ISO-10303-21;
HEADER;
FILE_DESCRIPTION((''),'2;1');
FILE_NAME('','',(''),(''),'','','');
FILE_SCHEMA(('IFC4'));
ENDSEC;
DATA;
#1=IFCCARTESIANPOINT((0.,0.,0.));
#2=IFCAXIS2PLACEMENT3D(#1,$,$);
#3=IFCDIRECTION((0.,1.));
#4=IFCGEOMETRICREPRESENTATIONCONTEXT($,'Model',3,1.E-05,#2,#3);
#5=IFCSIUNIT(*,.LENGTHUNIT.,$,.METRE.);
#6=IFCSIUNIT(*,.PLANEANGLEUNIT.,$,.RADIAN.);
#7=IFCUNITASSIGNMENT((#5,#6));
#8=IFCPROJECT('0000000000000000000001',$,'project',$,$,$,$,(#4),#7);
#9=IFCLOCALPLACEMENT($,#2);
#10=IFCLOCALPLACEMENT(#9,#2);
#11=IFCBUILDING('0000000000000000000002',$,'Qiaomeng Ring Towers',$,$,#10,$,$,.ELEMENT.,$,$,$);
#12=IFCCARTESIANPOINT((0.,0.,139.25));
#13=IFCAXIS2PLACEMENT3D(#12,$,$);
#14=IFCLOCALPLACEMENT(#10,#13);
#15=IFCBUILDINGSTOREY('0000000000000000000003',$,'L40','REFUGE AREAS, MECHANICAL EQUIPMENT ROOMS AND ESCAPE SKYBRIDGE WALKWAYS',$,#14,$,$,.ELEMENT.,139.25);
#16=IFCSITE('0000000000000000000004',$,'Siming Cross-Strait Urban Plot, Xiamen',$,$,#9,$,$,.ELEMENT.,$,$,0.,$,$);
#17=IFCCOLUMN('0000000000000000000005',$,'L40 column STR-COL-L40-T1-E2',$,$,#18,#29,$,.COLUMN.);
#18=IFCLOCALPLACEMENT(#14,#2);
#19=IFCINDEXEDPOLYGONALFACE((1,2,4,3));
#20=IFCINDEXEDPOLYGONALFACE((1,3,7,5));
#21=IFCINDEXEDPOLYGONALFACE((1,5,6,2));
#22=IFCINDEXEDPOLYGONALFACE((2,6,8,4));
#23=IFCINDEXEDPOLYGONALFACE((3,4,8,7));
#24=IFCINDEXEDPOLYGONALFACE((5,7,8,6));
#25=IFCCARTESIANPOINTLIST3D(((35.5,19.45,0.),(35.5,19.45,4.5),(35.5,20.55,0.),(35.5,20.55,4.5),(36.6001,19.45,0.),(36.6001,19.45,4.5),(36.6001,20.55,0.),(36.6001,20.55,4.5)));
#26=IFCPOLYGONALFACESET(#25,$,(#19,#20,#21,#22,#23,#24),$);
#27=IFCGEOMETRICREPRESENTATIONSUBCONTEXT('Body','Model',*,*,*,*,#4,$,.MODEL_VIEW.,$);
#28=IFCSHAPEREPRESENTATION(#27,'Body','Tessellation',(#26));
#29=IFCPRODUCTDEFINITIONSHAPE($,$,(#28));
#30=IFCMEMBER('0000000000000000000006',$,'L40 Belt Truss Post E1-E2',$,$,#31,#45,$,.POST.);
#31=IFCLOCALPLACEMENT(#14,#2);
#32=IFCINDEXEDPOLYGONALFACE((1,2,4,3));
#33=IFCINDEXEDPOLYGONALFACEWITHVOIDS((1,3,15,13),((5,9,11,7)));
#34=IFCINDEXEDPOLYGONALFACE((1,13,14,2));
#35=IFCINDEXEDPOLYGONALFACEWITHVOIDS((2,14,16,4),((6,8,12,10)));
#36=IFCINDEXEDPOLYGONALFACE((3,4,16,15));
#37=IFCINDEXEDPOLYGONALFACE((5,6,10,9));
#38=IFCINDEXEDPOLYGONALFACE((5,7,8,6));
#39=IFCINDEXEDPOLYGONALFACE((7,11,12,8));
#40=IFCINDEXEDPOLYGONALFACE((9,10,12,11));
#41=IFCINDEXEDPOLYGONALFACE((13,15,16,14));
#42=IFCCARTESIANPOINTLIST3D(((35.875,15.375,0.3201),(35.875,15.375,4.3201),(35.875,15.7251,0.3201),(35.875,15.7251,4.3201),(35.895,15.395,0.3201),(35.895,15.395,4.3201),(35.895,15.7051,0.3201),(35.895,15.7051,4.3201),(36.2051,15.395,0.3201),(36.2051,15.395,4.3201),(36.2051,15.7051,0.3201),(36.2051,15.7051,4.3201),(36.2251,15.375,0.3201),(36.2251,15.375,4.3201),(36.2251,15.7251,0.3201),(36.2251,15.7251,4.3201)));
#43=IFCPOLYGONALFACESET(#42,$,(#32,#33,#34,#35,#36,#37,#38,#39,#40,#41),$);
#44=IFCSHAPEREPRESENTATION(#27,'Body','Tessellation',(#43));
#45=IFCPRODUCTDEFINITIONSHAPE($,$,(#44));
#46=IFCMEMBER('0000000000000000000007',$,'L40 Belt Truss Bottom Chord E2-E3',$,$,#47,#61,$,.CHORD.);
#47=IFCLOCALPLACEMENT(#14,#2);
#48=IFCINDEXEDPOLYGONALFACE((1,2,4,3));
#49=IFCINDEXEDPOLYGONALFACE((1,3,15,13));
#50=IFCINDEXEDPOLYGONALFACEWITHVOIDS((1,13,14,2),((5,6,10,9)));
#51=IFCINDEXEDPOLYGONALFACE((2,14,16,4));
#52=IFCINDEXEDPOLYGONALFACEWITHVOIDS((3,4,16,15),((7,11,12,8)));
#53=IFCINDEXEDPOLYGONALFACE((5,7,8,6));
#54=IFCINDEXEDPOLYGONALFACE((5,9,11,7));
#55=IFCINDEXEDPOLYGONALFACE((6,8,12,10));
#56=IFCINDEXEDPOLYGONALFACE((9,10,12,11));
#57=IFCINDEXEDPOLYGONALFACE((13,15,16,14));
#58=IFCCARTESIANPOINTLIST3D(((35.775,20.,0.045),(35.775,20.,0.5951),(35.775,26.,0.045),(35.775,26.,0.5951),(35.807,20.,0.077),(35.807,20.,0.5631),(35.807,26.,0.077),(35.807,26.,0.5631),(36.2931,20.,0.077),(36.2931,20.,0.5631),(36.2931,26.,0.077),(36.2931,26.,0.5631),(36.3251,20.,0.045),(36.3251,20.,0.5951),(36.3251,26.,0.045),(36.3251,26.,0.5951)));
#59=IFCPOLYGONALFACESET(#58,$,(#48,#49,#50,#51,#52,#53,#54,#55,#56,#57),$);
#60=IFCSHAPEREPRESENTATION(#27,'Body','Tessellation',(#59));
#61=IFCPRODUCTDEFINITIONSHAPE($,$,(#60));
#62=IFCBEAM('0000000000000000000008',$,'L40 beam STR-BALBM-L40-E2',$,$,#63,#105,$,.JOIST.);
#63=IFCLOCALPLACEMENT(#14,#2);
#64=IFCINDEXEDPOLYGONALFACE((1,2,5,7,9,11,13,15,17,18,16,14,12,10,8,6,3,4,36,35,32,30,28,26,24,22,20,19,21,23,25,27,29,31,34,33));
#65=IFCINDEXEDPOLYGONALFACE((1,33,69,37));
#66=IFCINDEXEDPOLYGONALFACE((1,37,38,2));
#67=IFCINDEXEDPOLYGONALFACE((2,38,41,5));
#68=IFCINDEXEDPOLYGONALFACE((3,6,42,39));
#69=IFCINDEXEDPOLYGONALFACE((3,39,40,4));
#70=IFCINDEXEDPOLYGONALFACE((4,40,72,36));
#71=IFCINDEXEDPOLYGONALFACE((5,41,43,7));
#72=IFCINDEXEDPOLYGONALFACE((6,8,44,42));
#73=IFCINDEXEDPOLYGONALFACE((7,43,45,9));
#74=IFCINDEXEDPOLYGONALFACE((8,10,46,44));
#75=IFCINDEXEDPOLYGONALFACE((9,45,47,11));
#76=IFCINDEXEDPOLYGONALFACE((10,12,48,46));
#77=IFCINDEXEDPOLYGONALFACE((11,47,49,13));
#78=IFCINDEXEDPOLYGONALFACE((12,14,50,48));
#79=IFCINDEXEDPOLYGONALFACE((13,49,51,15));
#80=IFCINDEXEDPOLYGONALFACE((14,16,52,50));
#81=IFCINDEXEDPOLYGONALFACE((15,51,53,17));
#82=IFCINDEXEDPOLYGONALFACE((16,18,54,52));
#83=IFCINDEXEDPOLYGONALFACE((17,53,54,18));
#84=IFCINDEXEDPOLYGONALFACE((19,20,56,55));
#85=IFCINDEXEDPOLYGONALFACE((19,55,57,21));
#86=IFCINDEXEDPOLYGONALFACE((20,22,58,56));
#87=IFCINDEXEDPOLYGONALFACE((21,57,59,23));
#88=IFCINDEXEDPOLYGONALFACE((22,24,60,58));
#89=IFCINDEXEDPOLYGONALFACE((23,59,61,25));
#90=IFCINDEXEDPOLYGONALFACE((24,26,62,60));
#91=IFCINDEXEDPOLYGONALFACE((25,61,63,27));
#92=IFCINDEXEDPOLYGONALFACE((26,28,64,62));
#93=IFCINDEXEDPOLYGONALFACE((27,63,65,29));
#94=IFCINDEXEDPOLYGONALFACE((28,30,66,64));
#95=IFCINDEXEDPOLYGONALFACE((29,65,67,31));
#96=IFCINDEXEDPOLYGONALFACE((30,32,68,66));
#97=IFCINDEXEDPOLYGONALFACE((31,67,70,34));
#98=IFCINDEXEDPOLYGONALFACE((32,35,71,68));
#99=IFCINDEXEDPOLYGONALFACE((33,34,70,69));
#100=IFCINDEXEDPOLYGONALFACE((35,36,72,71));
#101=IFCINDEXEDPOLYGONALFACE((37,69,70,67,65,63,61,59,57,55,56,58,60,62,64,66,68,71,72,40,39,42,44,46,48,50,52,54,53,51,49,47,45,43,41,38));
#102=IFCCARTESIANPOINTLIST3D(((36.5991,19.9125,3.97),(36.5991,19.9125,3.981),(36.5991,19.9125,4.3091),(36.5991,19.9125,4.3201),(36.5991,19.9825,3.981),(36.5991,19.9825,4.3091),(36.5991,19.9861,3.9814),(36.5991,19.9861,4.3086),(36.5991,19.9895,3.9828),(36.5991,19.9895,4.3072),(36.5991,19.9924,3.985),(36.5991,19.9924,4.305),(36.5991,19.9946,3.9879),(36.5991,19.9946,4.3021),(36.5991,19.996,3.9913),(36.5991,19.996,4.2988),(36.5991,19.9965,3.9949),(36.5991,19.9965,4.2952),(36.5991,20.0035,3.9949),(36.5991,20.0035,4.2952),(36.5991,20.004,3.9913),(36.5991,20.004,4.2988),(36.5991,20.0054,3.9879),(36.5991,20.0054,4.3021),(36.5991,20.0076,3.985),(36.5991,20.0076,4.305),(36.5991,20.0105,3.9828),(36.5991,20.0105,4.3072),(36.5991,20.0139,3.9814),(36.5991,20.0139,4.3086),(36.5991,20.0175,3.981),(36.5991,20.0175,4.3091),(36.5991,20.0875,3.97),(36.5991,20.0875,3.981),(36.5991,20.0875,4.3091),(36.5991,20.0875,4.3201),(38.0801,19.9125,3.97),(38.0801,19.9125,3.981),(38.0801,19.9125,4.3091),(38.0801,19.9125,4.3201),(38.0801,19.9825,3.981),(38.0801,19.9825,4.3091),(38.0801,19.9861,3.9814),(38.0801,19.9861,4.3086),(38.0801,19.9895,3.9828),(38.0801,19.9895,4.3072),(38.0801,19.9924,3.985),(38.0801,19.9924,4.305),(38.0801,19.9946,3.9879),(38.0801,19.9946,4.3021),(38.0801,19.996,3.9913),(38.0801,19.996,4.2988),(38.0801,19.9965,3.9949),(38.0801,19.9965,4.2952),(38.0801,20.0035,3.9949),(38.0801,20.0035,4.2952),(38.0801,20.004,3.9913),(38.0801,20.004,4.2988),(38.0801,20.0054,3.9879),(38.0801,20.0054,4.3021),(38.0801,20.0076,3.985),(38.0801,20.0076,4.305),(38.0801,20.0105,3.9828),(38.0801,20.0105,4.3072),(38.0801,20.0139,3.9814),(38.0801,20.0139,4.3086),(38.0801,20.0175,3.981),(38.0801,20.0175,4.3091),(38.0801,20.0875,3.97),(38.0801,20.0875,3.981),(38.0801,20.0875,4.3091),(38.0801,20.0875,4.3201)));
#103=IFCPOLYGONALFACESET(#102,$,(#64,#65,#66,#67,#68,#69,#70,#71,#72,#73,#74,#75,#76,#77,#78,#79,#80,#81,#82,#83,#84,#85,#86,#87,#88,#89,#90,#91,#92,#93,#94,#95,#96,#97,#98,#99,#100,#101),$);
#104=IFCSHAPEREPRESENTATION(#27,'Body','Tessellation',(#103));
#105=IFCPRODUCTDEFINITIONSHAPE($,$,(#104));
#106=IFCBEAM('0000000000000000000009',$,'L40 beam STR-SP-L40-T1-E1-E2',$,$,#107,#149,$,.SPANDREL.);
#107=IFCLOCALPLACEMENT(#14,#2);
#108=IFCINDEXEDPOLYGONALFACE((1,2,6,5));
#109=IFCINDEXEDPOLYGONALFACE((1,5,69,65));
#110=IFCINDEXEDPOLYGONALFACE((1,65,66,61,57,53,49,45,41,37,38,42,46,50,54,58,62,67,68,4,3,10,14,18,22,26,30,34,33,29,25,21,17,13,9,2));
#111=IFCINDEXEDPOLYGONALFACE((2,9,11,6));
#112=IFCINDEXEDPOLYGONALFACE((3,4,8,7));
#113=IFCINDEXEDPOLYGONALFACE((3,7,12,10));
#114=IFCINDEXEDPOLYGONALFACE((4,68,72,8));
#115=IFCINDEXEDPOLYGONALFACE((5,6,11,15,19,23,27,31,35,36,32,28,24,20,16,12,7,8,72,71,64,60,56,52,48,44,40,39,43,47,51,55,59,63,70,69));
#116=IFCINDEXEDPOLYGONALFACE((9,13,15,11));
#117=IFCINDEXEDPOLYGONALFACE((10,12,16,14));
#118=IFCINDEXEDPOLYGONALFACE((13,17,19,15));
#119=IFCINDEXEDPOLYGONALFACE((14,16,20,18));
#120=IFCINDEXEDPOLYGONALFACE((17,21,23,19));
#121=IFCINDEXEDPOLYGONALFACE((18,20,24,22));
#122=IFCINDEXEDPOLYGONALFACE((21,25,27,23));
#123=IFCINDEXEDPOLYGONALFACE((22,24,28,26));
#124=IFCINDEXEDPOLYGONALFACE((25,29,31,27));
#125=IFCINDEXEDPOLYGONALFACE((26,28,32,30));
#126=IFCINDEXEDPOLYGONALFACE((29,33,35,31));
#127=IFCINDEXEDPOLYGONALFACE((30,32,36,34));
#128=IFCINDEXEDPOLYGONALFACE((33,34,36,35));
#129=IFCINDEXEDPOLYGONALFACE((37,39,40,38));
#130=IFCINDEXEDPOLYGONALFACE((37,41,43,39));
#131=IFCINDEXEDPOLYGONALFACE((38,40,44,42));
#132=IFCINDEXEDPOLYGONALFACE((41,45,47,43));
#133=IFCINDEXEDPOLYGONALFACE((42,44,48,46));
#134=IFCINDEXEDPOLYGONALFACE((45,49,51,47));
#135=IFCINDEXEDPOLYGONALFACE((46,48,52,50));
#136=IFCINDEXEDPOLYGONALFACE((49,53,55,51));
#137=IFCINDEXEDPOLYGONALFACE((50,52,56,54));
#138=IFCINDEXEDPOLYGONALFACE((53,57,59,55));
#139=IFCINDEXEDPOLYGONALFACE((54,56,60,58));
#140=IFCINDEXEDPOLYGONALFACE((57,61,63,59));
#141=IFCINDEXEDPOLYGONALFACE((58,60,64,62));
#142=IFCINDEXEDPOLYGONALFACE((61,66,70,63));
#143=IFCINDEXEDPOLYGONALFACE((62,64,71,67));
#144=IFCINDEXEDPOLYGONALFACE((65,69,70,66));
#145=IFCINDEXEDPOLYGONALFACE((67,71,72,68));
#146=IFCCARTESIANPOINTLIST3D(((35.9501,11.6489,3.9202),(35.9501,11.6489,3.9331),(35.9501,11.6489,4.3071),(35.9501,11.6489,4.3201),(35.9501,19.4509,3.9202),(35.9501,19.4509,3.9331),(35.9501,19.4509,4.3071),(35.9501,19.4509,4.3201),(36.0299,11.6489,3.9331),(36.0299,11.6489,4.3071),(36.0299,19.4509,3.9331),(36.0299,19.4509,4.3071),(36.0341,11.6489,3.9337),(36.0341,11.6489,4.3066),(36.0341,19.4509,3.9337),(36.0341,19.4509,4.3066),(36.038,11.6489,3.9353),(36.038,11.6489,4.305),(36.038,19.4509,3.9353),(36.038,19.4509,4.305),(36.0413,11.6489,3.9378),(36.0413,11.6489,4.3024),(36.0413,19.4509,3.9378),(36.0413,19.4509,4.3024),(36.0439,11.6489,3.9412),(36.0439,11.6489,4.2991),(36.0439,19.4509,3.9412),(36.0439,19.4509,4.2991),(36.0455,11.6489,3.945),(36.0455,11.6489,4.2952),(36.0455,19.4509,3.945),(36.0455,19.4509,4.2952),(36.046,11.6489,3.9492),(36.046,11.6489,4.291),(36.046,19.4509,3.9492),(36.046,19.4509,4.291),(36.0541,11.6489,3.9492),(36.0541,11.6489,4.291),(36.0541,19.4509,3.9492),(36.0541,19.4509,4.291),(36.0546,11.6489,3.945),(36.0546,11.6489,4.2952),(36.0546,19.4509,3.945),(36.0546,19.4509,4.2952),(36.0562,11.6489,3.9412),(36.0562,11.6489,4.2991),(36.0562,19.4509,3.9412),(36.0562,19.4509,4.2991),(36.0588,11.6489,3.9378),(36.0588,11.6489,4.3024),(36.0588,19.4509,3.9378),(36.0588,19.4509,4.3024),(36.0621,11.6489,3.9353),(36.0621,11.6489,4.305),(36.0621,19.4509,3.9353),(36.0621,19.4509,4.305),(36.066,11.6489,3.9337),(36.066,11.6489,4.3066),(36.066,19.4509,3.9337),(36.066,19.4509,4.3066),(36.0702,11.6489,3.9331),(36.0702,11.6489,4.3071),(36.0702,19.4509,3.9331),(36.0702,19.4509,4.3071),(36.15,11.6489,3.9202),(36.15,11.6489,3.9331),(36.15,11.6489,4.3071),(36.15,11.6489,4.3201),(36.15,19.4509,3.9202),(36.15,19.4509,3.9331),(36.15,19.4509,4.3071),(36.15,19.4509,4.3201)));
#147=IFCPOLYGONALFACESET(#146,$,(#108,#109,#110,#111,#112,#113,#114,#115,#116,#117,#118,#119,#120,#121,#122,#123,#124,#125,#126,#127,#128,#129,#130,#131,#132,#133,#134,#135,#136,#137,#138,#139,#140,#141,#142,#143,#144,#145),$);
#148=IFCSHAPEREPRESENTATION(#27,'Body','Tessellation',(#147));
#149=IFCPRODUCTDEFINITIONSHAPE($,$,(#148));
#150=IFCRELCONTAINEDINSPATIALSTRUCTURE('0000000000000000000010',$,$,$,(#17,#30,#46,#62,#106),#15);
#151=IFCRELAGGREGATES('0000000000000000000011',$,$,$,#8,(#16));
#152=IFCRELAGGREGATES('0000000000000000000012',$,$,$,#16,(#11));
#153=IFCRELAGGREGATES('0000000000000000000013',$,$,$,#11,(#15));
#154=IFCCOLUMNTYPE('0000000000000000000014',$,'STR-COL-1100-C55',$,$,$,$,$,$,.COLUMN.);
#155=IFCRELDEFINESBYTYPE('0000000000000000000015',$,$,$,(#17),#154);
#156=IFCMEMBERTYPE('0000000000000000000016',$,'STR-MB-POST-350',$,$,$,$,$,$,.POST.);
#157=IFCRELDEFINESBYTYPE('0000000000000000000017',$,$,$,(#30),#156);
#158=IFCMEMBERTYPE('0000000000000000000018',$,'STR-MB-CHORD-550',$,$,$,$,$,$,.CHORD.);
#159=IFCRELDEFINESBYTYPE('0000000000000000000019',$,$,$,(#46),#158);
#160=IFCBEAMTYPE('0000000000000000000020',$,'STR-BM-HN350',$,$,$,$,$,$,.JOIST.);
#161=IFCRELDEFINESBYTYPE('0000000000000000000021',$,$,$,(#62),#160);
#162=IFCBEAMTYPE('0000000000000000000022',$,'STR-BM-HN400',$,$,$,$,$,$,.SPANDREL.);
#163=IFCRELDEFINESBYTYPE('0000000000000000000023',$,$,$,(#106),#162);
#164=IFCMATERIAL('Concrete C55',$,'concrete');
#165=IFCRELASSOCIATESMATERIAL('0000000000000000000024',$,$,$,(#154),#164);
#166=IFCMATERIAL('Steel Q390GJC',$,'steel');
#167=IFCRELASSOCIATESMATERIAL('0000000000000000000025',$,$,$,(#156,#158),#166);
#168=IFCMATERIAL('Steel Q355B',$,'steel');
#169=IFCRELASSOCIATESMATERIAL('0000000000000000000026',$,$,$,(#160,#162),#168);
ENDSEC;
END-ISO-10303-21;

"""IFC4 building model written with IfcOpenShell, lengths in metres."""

from ifc_helpers import new_model, si_unit, direction, frame, origin, origin_2d, place, context, subcontext, project, spatial, rectangle, hollow_rectangle, i_section, extrude, source, transform, mapped, material, material_profile, profile_set, type_object, element, save


model = new_model("IFC4")

# Units and contexts
model_context = context("Model", 3, precision=1e-05, world=origin(), true_north=direction((0.0, 1.0)))
body_context = subcontext(model_context, "Body", "Model", "MODEL_VIEW")
ifc_project = project(units=[si_unit("LENGTHUNIT", "METRE"), si_unit("PLANEANGLEUNIT", "RADIAN")], contexts=[model_context])

# Site, building, storey
site_placement = place(None, origin())
site = spatial("IfcSite", under=ifc_project, at=site_placement, Name="Siming Cross-Strait Urban Plot, Xiamen", CompositionType="ELEMENT", RefElevation=0.0)
building_placement = place(site_placement, origin())
building = spatial("IfcBuilding", under=site, at=building_placement, Name="Qiaomeng Ring Towers", CompositionType="ELEMENT")
storey_placement = place(building_placement, frame((0.0, 0.0, 139.25)))
storey = spatial("IfcBuildingStorey", under=building, at=storey_placement, Name="L40", Description="REFUGE AREAS, MECHANICAL EQUIPMENT ROOMS AND ESCAPE SKYBRIDGE WALKWAYS", CompositionType="ELEMENT", Elevation=139.25)

# Column
ifc_material_1 = material(Name="Concrete C55", Category="concrete")
ifc_material_profile_1 = material_profile(ifc_material_1, rectangle(XDim=1.1001, YDim=1.1001, at=origin_2d()), Name="RC COL 1100x1100")
ifc_profile_set_1 = profile_set([ifc_material_profile_1], Name="Concrete C55")
column_type = type_object("IfcColumnType", Name="STR-COL-1100-C55", PredefinedType="COLUMN", material=ifc_profile_set_1)
shared_shape_1 = source(origin(), body_context, "Body", "SweptSolid", [
    extrude(rectangle(XDim=1.1001, YDim=1.1001, at=origin_2d()), origin(), (0.0, 0.0, 1.0), 4.5),
])
column_placement = place(storey_placement, frame((36.05, 20.0, 0.0), z_axis=(0.0, 0.0, 1.0), x_axis=(1.0, 0.0, 0.0)))
element("IfcColumn", 1, at=column_placement, inside=storey, type_object=column_type, Name="L40 column STR-COL-L40-T1-E2", PredefinedType="COLUMN", context=body_context, shape_type="MappedRepresentation", body=[
    mapped(shared_shape_1, transform((0.0, 0.0, 0.0), x_axis=(1.0, 0.0, 0.0), y_axis=(0.0, 1.0, 0.0), z_axis=(0.0, 0.0, 1.0), scale=1.0)),
])

# Members
ifc_material_2 = material(Name="Steel Q390GJC", Category="steel")
ifc_material_profile_2 = material_profile(ifc_material_2, hollow_rectangle(XDim=0.3501, YDim=0.3501, WallThickness=0.02, at=origin_2d()), Name="SHS 350x350x20")
ifc_profile_set_2 = profile_set([ifc_material_profile_2], Name="Steel Q390GJC")
member_type_1 = type_object("IfcMemberType", Name="STR-MB-POST-350", PredefinedType="POST", material=ifc_profile_set_2)
shared_shape_2 = source(origin(), body_context, "Body", "SweptSolid", [
    extrude(hollow_rectangle(XDim=0.3501, YDim=0.3501, WallThickness=0.02, at=origin_2d()), origin(), (0.0, 0.0, 1.0), 4.0),
])
member_1_placement = place(storey_placement, frame((36.05, 15.55, 0.3201), z_axis=(0.0, 0.0, 1.0), x_axis=(1.0, 0.0, 0.0)))
element("IfcMember", 2, at=member_1_placement, inside=storey, type_object=member_type_1, Name="L40 Belt Truss Post E1-E2", PredefinedType="POST", context=body_context, shape_type="MappedRepresentation", body=[
    mapped(shared_shape_2, transform((0.0, 0.0, 0.0), x_axis=(1.0, 0.0, 0.0), y_axis=(0.0, 1.0, 0.0), z_axis=(0.0, 0.0, 1.0), scale=1.0)),
])
ifc_material_profile_3 = material_profile(ifc_material_2, hollow_rectangle(XDim=0.55, YDim=0.55, WallThickness=0.032, at=origin_2d()), Name="SHS 550x550x32")
ifc_profile_set_3 = profile_set([ifc_material_profile_3], Name="Steel Q390GJC")
member_type_2 = type_object("IfcMemberType", Name="STR-MB-CHORD-550", PredefinedType="CHORD", material=ifc_profile_set_3)
shared_shape_3 = source(origin(), body_context, "Body", "SweptSolid", [
    extrude(hollow_rectangle(XDim=0.55, YDim=0.55, WallThickness=0.032, at=origin_2d()), origin(), (0.0, 0.0, 1.0), 6.0),
])
member_2_placement = place(storey_placement, frame((36.05, 20.0, 0.3201), z_axis=(0.0, 1.0, 0.0), x_axis=(-1.0, 0.0, 0.0)))
element("IfcMember", 3, at=member_2_placement, inside=storey, type_object=member_type_2, Name="L40 Belt Truss Bottom Chord E2-E3", PredefinedType="CHORD", context=body_context, shape_type="MappedRepresentation", body=[
    mapped(shared_shape_3, transform((0.0, 0.0, 0.0), x_axis=(1.0, 0.0, 0.0), y_axis=(0.0, 1.0, 0.0), z_axis=(0.0, 0.0, 1.0), scale=1.0)),
])

# Beams
ifc_material_3 = material(Name="Steel Q355B", Category="steel")
ifc_material_profile_4 = material_profile(ifc_material_3, i_section(OverallWidth=0.175, OverallDepth=0.3501, WebThickness=0.0071, FlangeThickness=0.011, FilletRadius=0.0139, at=origin_2d()), Name="HN 350x175x7x11")
ifc_profile_set_4 = profile_set([ifc_material_profile_4], Name="Steel Q355B")
beam_type_1 = type_object("IfcBeamType", Name="STR-BM-HN350", PredefinedType="JOIST", material=ifc_profile_set_4)
shared_shape_4 = source(origin(), body_context, "Body", "SweptSolid", [
    extrude(i_section(OverallWidth=0.175, OverallDepth=0.3501, WebThickness=0.0071, FlangeThickness=0.011, FilletRadius=0.0139, at=origin_2d()), origin(), (0.0, 0.0, 1.0), 1.481),
])
beam_1_placement = place(storey_placement, frame((36.5991, 20.0, 4.145), z_axis=(1.0, 0.0, 0.0), x_axis=(0.0, 1.0, 0.0)))
element("IfcBeam", 4, at=beam_1_placement, inside=storey, type_object=beam_type_1, Name="L40 beam STR-BALBM-L40-E2", PredefinedType="JOIST", context=body_context, shape_type="MappedRepresentation", body=[
    mapped(shared_shape_4, transform((0.0, 0.0, 0.0), x_axis=(1.0, 0.0, 0.0), y_axis=(0.0, 1.0, 0.0), z_axis=(0.0, 0.0, 1.0), scale=1.0)),
])
ifc_material_profile_5 = material_profile(ifc_material_3, i_section(OverallWidth=0.2, OverallDepth=0.3999, WebThickness=0.0081, FlangeThickness=0.0129, FilletRadius=0.0161, at=origin_2d()), Name="HN 400x200x8x13")
ifc_profile_set_5 = profile_set([ifc_material_profile_5], Name="Steel Q355B")
beam_type_2 = type_object("IfcBeamType", Name="STR-BM-HN400", PredefinedType="SPANDREL", material=ifc_profile_set_5)
shared_shape_5 = source(origin(), body_context, "Body", "SweptSolid", [
    extrude(i_section(OverallWidth=0.2, OverallDepth=0.3999, WebThickness=0.0081, FlangeThickness=0.0129, FilletRadius=0.0161, at=origin_2d()), origin(), (0.0, 0.0, 1.0), 7.802),
])
beam_2_placement = place(storey_placement, frame((36.05, 11.6489, 4.1201), z_axis=(0.0, 1.0, 0.0), x_axis=(-1.0, 0.0, 0.0)))
element("IfcBeam", 5, at=beam_2_placement, inside=storey, type_object=beam_type_2, Name="L40 beam STR-SP-L40-T1-E1-E2", PredefinedType="SPANDREL", context=body_context, shape_type="MappedRepresentation", body=[
    mapped(shared_shape_5, transform((0.0, 0.0, 0.0), x_axis=(1.0, 0.0, 0.0), y_axis=(0.0, 1.0, 0.0), z_axis=(0.0, 0.0, 1.0), scale=1.0)),
])

save(model, "model.ifc")
